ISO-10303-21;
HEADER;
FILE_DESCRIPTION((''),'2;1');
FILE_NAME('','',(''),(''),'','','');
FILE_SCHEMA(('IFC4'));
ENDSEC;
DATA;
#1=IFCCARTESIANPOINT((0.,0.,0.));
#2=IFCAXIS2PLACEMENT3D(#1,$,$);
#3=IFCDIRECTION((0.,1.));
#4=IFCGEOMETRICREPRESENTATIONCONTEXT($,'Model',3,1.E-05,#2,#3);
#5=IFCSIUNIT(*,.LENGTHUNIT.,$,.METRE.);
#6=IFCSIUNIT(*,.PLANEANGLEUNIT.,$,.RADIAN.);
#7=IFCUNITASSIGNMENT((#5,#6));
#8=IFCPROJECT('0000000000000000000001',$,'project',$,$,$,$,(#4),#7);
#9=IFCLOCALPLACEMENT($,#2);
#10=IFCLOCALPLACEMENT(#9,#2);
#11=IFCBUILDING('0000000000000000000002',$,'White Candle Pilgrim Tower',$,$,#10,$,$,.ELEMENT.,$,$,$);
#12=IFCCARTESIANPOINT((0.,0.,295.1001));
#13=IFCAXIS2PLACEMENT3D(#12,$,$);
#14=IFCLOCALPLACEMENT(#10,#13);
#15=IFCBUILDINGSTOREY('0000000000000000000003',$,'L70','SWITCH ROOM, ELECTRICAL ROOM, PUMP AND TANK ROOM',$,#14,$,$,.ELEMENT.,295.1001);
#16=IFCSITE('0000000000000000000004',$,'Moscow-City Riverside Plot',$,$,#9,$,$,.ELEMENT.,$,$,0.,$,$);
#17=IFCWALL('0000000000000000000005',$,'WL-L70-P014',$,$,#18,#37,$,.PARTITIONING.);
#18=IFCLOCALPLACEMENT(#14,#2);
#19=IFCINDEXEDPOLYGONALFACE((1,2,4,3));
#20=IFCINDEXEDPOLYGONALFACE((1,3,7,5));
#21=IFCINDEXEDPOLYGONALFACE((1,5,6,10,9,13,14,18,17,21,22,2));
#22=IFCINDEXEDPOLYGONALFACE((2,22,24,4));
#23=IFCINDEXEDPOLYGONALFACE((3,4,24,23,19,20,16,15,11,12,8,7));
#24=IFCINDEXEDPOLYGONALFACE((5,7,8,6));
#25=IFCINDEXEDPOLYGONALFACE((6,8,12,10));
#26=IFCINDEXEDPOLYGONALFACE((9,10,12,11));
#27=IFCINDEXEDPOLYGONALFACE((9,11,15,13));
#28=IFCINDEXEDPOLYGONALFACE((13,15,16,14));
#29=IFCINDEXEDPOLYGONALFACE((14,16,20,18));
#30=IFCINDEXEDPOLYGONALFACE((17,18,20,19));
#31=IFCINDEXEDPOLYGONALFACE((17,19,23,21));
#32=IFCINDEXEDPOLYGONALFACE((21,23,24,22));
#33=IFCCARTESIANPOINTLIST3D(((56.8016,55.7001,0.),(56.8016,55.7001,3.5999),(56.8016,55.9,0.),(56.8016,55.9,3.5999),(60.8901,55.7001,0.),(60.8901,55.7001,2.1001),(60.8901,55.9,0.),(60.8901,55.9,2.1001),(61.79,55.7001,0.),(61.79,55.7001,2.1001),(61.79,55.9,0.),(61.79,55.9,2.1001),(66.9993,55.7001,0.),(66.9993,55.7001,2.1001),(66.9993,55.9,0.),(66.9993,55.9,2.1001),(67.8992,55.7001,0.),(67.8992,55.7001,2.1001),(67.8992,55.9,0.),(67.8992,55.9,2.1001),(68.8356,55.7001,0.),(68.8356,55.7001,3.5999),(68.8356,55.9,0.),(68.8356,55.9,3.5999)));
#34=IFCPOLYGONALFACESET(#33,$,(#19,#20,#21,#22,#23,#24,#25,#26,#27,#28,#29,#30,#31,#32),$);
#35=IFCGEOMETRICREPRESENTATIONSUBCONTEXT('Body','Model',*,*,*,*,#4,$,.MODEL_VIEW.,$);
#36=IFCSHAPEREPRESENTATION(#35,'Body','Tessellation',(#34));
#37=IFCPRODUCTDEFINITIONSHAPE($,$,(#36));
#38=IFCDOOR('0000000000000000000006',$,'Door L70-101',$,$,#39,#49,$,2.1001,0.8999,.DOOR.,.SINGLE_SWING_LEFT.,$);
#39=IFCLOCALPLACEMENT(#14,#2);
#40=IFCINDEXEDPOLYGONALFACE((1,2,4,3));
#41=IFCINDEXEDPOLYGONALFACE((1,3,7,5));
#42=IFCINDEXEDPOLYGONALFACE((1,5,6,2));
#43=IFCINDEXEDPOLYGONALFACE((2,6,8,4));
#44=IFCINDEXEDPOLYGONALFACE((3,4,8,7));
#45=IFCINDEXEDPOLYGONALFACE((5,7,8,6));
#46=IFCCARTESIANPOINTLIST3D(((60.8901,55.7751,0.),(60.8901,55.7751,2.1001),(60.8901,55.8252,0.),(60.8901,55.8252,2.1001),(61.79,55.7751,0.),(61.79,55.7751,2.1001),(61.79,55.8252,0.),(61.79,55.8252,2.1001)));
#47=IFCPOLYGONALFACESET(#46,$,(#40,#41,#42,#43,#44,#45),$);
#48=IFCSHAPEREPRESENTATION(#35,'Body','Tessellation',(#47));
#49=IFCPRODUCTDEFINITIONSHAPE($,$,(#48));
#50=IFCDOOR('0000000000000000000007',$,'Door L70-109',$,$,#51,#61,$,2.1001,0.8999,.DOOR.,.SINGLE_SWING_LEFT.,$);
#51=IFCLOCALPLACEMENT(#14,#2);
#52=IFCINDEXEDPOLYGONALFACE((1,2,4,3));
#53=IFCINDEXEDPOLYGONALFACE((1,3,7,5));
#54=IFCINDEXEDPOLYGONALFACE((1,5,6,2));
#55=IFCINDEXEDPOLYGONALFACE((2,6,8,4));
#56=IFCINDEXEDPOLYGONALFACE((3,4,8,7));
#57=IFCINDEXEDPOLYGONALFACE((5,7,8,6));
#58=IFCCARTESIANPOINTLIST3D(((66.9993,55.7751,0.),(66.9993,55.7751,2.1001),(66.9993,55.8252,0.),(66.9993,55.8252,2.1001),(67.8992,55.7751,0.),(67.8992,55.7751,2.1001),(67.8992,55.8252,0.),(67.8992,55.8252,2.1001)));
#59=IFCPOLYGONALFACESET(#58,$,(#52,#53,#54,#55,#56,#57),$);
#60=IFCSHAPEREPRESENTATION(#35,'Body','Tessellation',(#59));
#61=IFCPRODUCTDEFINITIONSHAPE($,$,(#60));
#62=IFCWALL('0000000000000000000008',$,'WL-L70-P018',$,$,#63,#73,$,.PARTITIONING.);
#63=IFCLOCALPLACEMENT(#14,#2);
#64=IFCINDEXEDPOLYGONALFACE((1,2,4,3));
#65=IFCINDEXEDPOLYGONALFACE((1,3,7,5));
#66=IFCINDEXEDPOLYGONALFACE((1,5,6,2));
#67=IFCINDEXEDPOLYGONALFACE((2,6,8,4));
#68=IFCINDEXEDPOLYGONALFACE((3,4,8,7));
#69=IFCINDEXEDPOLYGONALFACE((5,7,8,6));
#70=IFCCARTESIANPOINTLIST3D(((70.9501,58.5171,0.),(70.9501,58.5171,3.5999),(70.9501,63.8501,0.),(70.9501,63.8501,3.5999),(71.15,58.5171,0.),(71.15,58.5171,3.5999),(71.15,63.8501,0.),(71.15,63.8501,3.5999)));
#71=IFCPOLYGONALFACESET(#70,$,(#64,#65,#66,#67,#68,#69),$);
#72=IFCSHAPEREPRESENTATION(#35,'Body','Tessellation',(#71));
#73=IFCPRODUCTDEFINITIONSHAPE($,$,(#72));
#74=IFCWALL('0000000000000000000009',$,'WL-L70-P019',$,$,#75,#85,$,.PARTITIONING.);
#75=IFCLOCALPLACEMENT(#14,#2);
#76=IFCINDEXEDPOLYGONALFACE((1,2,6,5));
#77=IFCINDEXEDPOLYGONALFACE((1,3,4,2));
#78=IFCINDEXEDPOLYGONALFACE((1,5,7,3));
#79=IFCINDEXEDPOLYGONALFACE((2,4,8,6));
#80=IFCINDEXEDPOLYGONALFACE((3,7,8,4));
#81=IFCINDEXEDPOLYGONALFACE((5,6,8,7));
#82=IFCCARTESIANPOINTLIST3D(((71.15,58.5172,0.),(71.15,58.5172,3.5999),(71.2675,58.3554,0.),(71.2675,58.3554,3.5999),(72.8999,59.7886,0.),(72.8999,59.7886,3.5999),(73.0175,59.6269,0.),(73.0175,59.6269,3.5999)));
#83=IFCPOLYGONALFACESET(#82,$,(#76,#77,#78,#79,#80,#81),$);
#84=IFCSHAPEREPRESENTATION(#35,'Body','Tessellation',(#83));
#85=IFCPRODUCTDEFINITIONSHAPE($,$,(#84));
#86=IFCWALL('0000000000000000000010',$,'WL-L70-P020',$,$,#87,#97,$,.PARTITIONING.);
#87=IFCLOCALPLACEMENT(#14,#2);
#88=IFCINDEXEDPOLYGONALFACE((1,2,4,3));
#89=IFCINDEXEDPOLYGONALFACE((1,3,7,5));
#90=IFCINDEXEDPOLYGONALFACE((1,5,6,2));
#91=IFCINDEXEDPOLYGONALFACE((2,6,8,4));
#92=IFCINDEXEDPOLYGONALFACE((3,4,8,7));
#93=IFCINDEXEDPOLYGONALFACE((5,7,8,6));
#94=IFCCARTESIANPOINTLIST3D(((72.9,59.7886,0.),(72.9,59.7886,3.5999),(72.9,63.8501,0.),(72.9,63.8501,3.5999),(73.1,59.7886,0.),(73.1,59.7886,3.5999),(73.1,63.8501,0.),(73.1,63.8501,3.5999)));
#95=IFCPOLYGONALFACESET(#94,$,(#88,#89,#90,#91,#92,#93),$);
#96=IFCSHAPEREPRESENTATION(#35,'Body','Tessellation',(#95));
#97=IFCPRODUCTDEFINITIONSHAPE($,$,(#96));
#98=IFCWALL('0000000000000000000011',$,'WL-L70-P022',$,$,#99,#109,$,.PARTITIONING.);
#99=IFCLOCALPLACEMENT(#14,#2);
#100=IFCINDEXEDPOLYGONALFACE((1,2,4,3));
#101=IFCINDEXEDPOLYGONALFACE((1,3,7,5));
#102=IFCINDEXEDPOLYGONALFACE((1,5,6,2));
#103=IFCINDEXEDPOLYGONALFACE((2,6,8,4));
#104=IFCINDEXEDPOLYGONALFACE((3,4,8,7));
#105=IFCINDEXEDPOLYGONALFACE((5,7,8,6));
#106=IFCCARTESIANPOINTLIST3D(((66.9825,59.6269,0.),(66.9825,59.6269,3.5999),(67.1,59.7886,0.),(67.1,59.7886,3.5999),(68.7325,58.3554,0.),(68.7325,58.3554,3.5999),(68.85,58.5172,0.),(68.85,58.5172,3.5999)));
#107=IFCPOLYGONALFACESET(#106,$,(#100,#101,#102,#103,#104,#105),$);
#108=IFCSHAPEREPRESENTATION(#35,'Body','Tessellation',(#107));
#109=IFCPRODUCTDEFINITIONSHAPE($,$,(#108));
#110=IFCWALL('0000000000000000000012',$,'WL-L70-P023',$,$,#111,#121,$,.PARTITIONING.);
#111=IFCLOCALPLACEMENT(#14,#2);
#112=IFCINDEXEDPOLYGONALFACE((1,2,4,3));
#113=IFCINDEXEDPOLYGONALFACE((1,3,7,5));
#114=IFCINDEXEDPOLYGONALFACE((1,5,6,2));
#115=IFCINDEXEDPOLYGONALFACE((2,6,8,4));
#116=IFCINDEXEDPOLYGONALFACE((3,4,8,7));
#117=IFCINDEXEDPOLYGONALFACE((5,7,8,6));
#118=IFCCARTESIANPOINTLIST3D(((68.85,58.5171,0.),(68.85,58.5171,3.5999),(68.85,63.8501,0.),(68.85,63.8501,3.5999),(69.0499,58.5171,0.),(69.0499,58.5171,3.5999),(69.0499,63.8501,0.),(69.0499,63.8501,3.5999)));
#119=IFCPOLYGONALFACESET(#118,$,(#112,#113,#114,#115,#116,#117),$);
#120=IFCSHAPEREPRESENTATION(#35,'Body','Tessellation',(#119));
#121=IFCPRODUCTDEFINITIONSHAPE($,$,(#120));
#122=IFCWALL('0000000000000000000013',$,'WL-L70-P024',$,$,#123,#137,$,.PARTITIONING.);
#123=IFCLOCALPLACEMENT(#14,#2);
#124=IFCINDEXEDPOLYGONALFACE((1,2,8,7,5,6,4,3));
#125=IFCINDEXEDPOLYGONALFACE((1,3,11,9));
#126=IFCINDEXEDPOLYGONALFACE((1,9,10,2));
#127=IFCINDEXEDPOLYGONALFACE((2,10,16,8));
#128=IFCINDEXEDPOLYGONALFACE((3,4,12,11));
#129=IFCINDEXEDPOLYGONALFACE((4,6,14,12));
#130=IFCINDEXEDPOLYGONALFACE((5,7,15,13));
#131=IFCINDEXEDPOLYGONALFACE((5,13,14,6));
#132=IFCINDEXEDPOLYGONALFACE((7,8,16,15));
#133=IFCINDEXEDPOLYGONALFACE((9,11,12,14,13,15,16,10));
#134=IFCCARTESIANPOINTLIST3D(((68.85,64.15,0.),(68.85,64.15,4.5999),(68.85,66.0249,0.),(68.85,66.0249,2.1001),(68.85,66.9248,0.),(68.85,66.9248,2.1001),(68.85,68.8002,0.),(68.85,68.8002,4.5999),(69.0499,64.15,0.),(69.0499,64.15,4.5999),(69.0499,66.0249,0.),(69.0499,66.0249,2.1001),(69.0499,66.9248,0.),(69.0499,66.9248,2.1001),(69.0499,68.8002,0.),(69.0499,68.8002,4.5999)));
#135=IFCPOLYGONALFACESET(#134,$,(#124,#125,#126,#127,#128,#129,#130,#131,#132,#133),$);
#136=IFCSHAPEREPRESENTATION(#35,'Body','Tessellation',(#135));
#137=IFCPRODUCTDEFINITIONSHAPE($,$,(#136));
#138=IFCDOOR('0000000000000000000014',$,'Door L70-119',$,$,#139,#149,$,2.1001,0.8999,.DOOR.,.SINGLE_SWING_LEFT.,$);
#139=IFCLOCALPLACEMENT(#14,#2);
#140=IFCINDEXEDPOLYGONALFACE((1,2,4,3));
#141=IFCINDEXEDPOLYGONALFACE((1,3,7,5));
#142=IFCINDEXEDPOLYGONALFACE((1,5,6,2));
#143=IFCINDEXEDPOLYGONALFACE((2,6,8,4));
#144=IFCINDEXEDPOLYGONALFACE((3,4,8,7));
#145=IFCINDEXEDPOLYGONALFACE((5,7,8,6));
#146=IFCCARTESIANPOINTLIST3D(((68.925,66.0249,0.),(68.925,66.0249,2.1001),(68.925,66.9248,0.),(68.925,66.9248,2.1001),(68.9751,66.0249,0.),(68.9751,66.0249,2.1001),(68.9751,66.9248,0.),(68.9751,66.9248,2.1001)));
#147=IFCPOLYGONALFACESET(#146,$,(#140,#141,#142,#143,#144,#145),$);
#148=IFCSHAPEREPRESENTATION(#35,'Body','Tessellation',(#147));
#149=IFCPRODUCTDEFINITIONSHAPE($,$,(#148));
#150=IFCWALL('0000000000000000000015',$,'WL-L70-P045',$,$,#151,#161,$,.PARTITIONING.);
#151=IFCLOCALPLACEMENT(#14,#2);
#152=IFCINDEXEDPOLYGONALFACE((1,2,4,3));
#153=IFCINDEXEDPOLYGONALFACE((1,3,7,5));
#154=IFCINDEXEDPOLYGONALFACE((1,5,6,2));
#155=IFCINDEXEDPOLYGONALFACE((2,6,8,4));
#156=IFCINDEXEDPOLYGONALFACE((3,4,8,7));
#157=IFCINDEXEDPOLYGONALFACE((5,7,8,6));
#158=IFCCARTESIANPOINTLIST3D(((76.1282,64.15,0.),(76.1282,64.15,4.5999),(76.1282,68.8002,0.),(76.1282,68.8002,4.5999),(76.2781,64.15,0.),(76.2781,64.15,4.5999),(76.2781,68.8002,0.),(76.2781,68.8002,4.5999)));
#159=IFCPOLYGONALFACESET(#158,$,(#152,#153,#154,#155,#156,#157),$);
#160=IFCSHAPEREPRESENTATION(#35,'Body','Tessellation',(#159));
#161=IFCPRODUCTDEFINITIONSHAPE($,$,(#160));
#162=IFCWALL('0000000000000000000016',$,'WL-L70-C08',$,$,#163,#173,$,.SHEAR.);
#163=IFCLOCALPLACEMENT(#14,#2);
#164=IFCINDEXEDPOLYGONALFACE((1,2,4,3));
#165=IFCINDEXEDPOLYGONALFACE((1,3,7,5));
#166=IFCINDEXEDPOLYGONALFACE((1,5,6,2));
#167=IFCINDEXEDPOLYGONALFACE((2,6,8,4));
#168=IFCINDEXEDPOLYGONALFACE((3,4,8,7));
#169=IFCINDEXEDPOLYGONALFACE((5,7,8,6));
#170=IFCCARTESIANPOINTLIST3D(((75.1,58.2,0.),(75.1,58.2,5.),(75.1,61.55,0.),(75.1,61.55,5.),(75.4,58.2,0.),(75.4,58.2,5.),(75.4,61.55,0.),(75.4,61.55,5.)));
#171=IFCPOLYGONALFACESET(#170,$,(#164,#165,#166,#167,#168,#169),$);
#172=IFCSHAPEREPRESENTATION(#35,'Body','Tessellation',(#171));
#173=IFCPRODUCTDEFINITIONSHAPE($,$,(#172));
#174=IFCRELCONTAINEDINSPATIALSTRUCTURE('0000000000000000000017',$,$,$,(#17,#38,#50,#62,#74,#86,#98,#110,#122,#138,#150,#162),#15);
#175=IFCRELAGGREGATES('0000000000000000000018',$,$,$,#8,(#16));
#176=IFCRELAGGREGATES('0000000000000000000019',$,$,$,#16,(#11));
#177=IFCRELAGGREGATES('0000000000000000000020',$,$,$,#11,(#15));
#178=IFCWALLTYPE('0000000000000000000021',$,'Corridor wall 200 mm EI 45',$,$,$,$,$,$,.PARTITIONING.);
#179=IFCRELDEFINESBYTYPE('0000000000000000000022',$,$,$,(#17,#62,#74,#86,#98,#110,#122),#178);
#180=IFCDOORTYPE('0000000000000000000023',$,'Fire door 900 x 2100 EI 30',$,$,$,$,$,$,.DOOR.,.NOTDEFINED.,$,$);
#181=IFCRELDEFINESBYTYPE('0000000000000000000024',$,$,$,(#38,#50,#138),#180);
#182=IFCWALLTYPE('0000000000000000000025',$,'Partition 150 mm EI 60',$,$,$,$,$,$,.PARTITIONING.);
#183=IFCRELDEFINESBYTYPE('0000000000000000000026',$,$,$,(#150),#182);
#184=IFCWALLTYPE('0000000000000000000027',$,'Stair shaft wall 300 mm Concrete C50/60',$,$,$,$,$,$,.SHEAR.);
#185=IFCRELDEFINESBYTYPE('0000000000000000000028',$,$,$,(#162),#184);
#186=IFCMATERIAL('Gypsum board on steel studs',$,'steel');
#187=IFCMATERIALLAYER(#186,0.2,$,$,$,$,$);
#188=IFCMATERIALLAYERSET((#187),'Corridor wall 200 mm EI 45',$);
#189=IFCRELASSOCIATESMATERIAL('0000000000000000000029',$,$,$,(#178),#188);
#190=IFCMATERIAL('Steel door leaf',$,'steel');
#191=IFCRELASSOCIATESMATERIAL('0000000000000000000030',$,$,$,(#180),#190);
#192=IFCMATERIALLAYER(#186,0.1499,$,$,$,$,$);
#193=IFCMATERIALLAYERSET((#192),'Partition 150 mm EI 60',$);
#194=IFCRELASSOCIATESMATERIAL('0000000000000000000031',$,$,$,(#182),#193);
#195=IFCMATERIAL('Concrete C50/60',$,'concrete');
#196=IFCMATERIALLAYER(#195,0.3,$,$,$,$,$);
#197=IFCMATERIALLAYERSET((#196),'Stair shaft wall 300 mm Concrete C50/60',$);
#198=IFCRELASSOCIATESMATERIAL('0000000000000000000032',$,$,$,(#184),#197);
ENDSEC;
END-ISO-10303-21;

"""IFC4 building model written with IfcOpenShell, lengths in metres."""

from ifc_helpers import new_model, si_unit, direction, frame, frame_2d, origin, place, context, subcontext, project, spatial, rectangle, extrude, material, layer, layer_set, type_object, element, fill, save


model = new_model("IFC4")

# Units and contexts
model_context = context("Model", 3, precision=1e-05, world=origin(), true_north=direction((0.0, 1.0)))
body_context = subcontext(model_context, "Body", "Model", "MODEL_VIEW")
ifc_project = project(units=[si_unit("LENGTHUNIT", "METRE"), si_unit("PLANEANGLEUNIT", "RADIAN")], contexts=[model_context])

# Site, building, storey
site_placement = place(None, origin())
site = spatial("IfcSite", under=ifc_project, at=site_placement, Name="Moscow-City Riverside Plot", CompositionType="ELEMENT", RefElevation=0.0)
building_placement = place(site_placement, origin())
building = spatial("IfcBuilding", under=site, at=building_placement, Name="White Candle Pilgrim Tower", CompositionType="ELEMENT")
storey_placement = place(building_placement, frame((0.0, 0.0, 295.1001)))
storey = spatial("IfcBuildingStorey", under=building, at=storey_placement, Name="L70", Description="SWITCH ROOM, ELECTRICAL ROOM, PUMP AND TANK ROOM", CompositionType="ELEMENT", Elevation=295.1001)

# Shared definitions
ifc_material_1 = material(Name="Concrete C50/60", Category="concrete")

# Shared definitions
ifc_material_2 = material(Name="Gypsum board on steel studs", Category="steel")
ifc_layer_1 = layer(ifc_material_2, 0.2)
ifc_layer_set_1 = layer_set([ifc_layer_1], Name="Corridor wall 200 mm EI 45")
wall_type_1 = type_object("IfcWallType", Name="Corridor wall 200 mm EI 45", PredefinedType="PARTITIONING", material=ifc_layer_set_1)
ifc_material_3 = material(Name="Steel door leaf", Category="steel")
door_type_1 = type_object("IfcDoorType", Name="Fire door 900 x 2100 EI 30", OperationType="NOTDEFINED", PredefinedType="DOOR", material=ifc_material_3)

# Wall, openings, doors
wall_1_placement = place(storey_placement, frame((68.8357, 55.8, 0.0), z_axis=(0.0, 0.0, 1.0), x_axis=(-1.0, 0.0, 0.0)))
wall_1 = element("IfcWall", 1, at=wall_1_placement, inside=storey, type_object=wall_type_1, Name="WL-L70-P014", PredefinedType="PARTITIONING", context=body_context, shape_type="SweptSolid", body=[
    extrude(rectangle(XDim=12.0339, YDim=0.2, at=frame_2d((6.0171, 0.0))), origin(), (0.0, 0.0, 1.0), 3.5999),
])
opening_1_placement = place(wall_1_placement, frame((7.0457, 0.0, 0.0)))
opening_1 = element("IfcOpeningElement", 2, at=opening_1_placement, cuts=wall_1, PredefinedType="OPENING", context=body_context, shape_type="SweptSolid", body=[
    extrude(rectangle(XDim=0.8999, YDim=2.1001, at=frame_2d((0.45, 1.05))), frame((0.0, 0.1099, 0.0), z_axis=(0.0, -1.0, 0.0), x_axis=(1.0, 0.0, 0.0)), (0.0, 0.0, 1.0), 0.22),
])
opening_2_placement = place(wall_1_placement, frame((0.9365, 0.0, 0.0)))
opening_2 = element("IfcOpeningElement", 3, at=opening_2_placement, cuts=wall_1, PredefinedType="OPENING", context=body_context, shape_type="SweptSolid", body=[
    extrude(rectangle(XDim=0.8999, YDim=2.1001, at=frame_2d((0.45, 1.05))), frame((0.0, 0.1099, 0.0), z_axis=(0.0, -1.0, 0.0), x_axis=(1.0, 0.0, 0.0)), (0.0, 0.0, 1.0), 0.22),
])
door_1_placement = place(opening_1_placement, origin())
door_1 = element("IfcDoor", 4, at=door_1_placement, inside=storey, type_object=door_type_1, Name="Door L70-101", OperationType="SINGLE_SWING_LEFT", OverallHeight=2.1001, OverallWidth=0.8999, PredefinedType="DOOR", context=body_context, shape_type="SweptSolid", body=[
    extrude(rectangle(XDim=0.8999, YDim=2.1001, at=frame_2d((0.45, 1.05))), frame((0.0, 0.0249, 0.0), z_axis=(0.0, -1.0, 0.0), x_axis=(1.0, 0.0, 0.0)), (0.0, 0.0, 1.0), 0.05),
])
fill(opening_1, door_1)
door_2_placement = place(opening_2_placement, origin())
door_2 = element("IfcDoor", 5, at=door_2_placement, inside=storey, type_object=door_type_1, Name="Door L70-109", OperationType="SINGLE_SWING_LEFT", OverallHeight=2.1001, OverallWidth=0.8999, PredefinedType="DOOR", context=body_context, shape_type="SweptSolid", body=[
    extrude(rectangle(XDim=0.8999, YDim=2.1001, at=frame_2d((0.45, 1.05))), frame((0.0, 0.0249, 0.0), z_axis=(0.0, -1.0, 0.0), x_axis=(1.0, 0.0, 0.0)), (0.0, 0.0, 1.0), 0.05),
])
fill(opening_2, door_2)

# Walls
wall_2_placement = place(storey_placement, frame((71.05, 63.8501, 0.0), z_axis=(0.0, 0.0, 1.0), x_axis=(0.0, -1.0, 0.0)))
element("IfcWall", 6, at=wall_2_placement, inside=storey, type_object=wall_type_1, Name="WL-L70-P018", PredefinedType="PARTITIONING", context=body_context, shape_type="SweptSolid", body=[
    extrude(rectangle(XDim=5.333, YDim=0.2, at=frame_2d((2.6665, 0.0))), origin(), (0.0, 0.0, 1.0), 3.5999),
])
wall_3_placement = place(storey_placement, frame((71.2087, 58.4363, 0.0), z_axis=(0.0, 0.0, 1.0), x_axis=(0.809009, 0.587796, 0.0)))
element("IfcWall", 7, at=wall_3_placement, inside=storey, type_object=wall_type_1, Name="WL-L70-P019", PredefinedType="PARTITIONING", context=body_context, shape_type="SweptSolid", body=[
    extrude(rectangle(XDim=2.1631, YDim=0.2, at=frame_2d((1.0815, 0.0))), origin(), (0.0, 0.0, 1.0), 3.5999),
])
wall_4_placement = place(storey_placement, frame((73.0, 59.7886, 0.0), z_axis=(0.0, 0.0, 1.0), x_axis=(0.0, 1.0, 0.0)))
element("IfcWall", 8, at=wall_4_placement, inside=storey, type_object=wall_type_1, Name="WL-L70-P020", PredefinedType="PARTITIONING", context=body_context, shape_type="SweptSolid", body=[
    extrude(rectangle(XDim=4.0615, YDim=0.2, at=frame_2d((2.0308, 0.0))), origin(), (0.0, 0.0, 1.0), 3.5999),
])
wall_5_placement = place(storey_placement, frame((67.0413, 59.7078, 0.0), z_axis=(0.0, 0.0, 1.0), x_axis=(0.809009, -0.587796, 0.0)))
element("IfcWall", 9, at=wall_5_placement, inside=storey, type_object=wall_type_1, Name="WL-L70-P022", PredefinedType="PARTITIONING", context=body_context, shape_type="SweptSolid", body=[
    extrude(rectangle(XDim=2.1631, YDim=0.2, at=frame_2d((1.0815, 0.0))), origin(), (0.0, 0.0, 1.0), 3.5999),
])
wall_6_placement = place(storey_placement, frame((68.95, 58.5171, 0.0), z_axis=(0.0, 0.0, 1.0), x_axis=(0.0, 1.0, 0.0)))
element("IfcWall", 10, at=wall_6_placement, inside=storey, type_object=wall_type_1, Name="WL-L70-P023", PredefinedType="PARTITIONING", context=body_context, shape_type="SweptSolid", body=[
    extrude(rectangle(XDim=5.333, YDim=0.2, at=frame_2d((2.6665, 0.0))), origin(), (0.0, 0.0, 1.0), 3.5999),
])

# Wall, opening, door
wall_7_placement = place(storey_placement, frame((68.95, 64.1499, 0.0), z_axis=(0.0, 0.0, 1.0), x_axis=(0.0, 1.0, 0.0)))
wall_7 = element("IfcWall", 11, at=wall_7_placement, inside=storey, type_object=wall_type_1, Name="WL-L70-P024", PredefinedType="PARTITIONING", context=body_context, shape_type="SweptSolid", body=[
    extrude(rectangle(XDim=4.6501, YDim=0.2, at=frame_2d((2.3252, 0.0))), origin(), (0.0, 0.0, 1.0), 4.5999),
])
opening_3_placement = place(wall_7_placement, frame((1.875, 0.0, 0.0)))
opening_3 = element("IfcOpeningElement", 12, at=opening_3_placement, cuts=wall_7, PredefinedType="OPENING", context=body_context, shape_type="SweptSolid", body=[
    extrude(rectangle(XDim=0.8999, YDim=2.1001, at=frame_2d((0.45, 1.05))), frame((0.0, 0.1099, 0.0), z_axis=(0.0, -1.0, 0.0), x_axis=(1.0, 0.0, 0.0)), (0.0, 0.0, 1.0), 0.22),
])
door_3_placement = place(opening_3_placement, origin())
door_3 = element("IfcDoor", 13, at=door_3_placement, inside=storey, type_object=door_type_1, Name="Door L70-119", OperationType="SINGLE_SWING_LEFT", OverallHeight=2.1001, OverallWidth=0.8999, PredefinedType="DOOR", context=body_context, shape_type="SweptSolid", body=[
    extrude(rectangle(XDim=0.8999, YDim=2.1001, at=frame_2d((0.45, 1.05))), frame((0.0, 0.0249, 0.0), z_axis=(0.0, -1.0, 0.0), x_axis=(1.0, 0.0, 0.0)), (0.0, 0.0, 1.0), 0.05),
])
fill(opening_3, door_3)

# Walls
ifc_layer_2 = layer(ifc_material_2, 0.1499)
ifc_layer_set_2 = layer_set([ifc_layer_2], Name="Partition 150 mm EI 60")
wall_type_2 = type_object("IfcWallType", Name="Partition 150 mm EI 60", PredefinedType="PARTITIONING", material=ifc_layer_set_2)
wall_8_placement = place(storey_placement, frame((76.2031, 64.1499, 0.0), z_axis=(0.0, 0.0, 1.0), x_axis=(0.0, 1.0, 0.0)))
element("IfcWall", 14, at=wall_8_placement, inside=storey, type_object=wall_type_2, Name="WL-L70-P045", PredefinedType="PARTITIONING", context=body_context, shape_type="SweptSolid", body=[
    extrude(rectangle(XDim=4.6501, YDim=0.1499, at=frame_2d((2.3252, 0.0))), origin(), (0.0, 0.0, 1.0), 4.5999),
])
ifc_layer_3 = layer(ifc_material_1, 0.3)
ifc_layer_set_3 = layer_set([ifc_layer_3], Name="Stair shaft wall 300 mm Concrete C50/60")
wall_type_3 = type_object("IfcWallType", Name="Stair shaft wall 300 mm Concrete C50/60", PredefinedType="SHEAR", material=ifc_layer_set_3)
wall_9_placement = place(storey_placement, frame((75.25, 58.2, 0.0), z_axis=(0.0, 0.0, 1.0), x_axis=(0.0, 1.0, 0.0)))
element("IfcWall", 15, at=wall_9_placement, inside=storey, type_object=wall_type_3, Name="WL-L70-C08", PredefinedType="SHEAR", context=body_context, shape_type="SweptSolid", body=[
    extrude(rectangle(XDim=3.3501, YDim=0.3, at=frame_2d((1.675, 0.0))), origin(), (0.0, 0.0, 1.0), 5.0),
])

save(model, "model.ifc")
